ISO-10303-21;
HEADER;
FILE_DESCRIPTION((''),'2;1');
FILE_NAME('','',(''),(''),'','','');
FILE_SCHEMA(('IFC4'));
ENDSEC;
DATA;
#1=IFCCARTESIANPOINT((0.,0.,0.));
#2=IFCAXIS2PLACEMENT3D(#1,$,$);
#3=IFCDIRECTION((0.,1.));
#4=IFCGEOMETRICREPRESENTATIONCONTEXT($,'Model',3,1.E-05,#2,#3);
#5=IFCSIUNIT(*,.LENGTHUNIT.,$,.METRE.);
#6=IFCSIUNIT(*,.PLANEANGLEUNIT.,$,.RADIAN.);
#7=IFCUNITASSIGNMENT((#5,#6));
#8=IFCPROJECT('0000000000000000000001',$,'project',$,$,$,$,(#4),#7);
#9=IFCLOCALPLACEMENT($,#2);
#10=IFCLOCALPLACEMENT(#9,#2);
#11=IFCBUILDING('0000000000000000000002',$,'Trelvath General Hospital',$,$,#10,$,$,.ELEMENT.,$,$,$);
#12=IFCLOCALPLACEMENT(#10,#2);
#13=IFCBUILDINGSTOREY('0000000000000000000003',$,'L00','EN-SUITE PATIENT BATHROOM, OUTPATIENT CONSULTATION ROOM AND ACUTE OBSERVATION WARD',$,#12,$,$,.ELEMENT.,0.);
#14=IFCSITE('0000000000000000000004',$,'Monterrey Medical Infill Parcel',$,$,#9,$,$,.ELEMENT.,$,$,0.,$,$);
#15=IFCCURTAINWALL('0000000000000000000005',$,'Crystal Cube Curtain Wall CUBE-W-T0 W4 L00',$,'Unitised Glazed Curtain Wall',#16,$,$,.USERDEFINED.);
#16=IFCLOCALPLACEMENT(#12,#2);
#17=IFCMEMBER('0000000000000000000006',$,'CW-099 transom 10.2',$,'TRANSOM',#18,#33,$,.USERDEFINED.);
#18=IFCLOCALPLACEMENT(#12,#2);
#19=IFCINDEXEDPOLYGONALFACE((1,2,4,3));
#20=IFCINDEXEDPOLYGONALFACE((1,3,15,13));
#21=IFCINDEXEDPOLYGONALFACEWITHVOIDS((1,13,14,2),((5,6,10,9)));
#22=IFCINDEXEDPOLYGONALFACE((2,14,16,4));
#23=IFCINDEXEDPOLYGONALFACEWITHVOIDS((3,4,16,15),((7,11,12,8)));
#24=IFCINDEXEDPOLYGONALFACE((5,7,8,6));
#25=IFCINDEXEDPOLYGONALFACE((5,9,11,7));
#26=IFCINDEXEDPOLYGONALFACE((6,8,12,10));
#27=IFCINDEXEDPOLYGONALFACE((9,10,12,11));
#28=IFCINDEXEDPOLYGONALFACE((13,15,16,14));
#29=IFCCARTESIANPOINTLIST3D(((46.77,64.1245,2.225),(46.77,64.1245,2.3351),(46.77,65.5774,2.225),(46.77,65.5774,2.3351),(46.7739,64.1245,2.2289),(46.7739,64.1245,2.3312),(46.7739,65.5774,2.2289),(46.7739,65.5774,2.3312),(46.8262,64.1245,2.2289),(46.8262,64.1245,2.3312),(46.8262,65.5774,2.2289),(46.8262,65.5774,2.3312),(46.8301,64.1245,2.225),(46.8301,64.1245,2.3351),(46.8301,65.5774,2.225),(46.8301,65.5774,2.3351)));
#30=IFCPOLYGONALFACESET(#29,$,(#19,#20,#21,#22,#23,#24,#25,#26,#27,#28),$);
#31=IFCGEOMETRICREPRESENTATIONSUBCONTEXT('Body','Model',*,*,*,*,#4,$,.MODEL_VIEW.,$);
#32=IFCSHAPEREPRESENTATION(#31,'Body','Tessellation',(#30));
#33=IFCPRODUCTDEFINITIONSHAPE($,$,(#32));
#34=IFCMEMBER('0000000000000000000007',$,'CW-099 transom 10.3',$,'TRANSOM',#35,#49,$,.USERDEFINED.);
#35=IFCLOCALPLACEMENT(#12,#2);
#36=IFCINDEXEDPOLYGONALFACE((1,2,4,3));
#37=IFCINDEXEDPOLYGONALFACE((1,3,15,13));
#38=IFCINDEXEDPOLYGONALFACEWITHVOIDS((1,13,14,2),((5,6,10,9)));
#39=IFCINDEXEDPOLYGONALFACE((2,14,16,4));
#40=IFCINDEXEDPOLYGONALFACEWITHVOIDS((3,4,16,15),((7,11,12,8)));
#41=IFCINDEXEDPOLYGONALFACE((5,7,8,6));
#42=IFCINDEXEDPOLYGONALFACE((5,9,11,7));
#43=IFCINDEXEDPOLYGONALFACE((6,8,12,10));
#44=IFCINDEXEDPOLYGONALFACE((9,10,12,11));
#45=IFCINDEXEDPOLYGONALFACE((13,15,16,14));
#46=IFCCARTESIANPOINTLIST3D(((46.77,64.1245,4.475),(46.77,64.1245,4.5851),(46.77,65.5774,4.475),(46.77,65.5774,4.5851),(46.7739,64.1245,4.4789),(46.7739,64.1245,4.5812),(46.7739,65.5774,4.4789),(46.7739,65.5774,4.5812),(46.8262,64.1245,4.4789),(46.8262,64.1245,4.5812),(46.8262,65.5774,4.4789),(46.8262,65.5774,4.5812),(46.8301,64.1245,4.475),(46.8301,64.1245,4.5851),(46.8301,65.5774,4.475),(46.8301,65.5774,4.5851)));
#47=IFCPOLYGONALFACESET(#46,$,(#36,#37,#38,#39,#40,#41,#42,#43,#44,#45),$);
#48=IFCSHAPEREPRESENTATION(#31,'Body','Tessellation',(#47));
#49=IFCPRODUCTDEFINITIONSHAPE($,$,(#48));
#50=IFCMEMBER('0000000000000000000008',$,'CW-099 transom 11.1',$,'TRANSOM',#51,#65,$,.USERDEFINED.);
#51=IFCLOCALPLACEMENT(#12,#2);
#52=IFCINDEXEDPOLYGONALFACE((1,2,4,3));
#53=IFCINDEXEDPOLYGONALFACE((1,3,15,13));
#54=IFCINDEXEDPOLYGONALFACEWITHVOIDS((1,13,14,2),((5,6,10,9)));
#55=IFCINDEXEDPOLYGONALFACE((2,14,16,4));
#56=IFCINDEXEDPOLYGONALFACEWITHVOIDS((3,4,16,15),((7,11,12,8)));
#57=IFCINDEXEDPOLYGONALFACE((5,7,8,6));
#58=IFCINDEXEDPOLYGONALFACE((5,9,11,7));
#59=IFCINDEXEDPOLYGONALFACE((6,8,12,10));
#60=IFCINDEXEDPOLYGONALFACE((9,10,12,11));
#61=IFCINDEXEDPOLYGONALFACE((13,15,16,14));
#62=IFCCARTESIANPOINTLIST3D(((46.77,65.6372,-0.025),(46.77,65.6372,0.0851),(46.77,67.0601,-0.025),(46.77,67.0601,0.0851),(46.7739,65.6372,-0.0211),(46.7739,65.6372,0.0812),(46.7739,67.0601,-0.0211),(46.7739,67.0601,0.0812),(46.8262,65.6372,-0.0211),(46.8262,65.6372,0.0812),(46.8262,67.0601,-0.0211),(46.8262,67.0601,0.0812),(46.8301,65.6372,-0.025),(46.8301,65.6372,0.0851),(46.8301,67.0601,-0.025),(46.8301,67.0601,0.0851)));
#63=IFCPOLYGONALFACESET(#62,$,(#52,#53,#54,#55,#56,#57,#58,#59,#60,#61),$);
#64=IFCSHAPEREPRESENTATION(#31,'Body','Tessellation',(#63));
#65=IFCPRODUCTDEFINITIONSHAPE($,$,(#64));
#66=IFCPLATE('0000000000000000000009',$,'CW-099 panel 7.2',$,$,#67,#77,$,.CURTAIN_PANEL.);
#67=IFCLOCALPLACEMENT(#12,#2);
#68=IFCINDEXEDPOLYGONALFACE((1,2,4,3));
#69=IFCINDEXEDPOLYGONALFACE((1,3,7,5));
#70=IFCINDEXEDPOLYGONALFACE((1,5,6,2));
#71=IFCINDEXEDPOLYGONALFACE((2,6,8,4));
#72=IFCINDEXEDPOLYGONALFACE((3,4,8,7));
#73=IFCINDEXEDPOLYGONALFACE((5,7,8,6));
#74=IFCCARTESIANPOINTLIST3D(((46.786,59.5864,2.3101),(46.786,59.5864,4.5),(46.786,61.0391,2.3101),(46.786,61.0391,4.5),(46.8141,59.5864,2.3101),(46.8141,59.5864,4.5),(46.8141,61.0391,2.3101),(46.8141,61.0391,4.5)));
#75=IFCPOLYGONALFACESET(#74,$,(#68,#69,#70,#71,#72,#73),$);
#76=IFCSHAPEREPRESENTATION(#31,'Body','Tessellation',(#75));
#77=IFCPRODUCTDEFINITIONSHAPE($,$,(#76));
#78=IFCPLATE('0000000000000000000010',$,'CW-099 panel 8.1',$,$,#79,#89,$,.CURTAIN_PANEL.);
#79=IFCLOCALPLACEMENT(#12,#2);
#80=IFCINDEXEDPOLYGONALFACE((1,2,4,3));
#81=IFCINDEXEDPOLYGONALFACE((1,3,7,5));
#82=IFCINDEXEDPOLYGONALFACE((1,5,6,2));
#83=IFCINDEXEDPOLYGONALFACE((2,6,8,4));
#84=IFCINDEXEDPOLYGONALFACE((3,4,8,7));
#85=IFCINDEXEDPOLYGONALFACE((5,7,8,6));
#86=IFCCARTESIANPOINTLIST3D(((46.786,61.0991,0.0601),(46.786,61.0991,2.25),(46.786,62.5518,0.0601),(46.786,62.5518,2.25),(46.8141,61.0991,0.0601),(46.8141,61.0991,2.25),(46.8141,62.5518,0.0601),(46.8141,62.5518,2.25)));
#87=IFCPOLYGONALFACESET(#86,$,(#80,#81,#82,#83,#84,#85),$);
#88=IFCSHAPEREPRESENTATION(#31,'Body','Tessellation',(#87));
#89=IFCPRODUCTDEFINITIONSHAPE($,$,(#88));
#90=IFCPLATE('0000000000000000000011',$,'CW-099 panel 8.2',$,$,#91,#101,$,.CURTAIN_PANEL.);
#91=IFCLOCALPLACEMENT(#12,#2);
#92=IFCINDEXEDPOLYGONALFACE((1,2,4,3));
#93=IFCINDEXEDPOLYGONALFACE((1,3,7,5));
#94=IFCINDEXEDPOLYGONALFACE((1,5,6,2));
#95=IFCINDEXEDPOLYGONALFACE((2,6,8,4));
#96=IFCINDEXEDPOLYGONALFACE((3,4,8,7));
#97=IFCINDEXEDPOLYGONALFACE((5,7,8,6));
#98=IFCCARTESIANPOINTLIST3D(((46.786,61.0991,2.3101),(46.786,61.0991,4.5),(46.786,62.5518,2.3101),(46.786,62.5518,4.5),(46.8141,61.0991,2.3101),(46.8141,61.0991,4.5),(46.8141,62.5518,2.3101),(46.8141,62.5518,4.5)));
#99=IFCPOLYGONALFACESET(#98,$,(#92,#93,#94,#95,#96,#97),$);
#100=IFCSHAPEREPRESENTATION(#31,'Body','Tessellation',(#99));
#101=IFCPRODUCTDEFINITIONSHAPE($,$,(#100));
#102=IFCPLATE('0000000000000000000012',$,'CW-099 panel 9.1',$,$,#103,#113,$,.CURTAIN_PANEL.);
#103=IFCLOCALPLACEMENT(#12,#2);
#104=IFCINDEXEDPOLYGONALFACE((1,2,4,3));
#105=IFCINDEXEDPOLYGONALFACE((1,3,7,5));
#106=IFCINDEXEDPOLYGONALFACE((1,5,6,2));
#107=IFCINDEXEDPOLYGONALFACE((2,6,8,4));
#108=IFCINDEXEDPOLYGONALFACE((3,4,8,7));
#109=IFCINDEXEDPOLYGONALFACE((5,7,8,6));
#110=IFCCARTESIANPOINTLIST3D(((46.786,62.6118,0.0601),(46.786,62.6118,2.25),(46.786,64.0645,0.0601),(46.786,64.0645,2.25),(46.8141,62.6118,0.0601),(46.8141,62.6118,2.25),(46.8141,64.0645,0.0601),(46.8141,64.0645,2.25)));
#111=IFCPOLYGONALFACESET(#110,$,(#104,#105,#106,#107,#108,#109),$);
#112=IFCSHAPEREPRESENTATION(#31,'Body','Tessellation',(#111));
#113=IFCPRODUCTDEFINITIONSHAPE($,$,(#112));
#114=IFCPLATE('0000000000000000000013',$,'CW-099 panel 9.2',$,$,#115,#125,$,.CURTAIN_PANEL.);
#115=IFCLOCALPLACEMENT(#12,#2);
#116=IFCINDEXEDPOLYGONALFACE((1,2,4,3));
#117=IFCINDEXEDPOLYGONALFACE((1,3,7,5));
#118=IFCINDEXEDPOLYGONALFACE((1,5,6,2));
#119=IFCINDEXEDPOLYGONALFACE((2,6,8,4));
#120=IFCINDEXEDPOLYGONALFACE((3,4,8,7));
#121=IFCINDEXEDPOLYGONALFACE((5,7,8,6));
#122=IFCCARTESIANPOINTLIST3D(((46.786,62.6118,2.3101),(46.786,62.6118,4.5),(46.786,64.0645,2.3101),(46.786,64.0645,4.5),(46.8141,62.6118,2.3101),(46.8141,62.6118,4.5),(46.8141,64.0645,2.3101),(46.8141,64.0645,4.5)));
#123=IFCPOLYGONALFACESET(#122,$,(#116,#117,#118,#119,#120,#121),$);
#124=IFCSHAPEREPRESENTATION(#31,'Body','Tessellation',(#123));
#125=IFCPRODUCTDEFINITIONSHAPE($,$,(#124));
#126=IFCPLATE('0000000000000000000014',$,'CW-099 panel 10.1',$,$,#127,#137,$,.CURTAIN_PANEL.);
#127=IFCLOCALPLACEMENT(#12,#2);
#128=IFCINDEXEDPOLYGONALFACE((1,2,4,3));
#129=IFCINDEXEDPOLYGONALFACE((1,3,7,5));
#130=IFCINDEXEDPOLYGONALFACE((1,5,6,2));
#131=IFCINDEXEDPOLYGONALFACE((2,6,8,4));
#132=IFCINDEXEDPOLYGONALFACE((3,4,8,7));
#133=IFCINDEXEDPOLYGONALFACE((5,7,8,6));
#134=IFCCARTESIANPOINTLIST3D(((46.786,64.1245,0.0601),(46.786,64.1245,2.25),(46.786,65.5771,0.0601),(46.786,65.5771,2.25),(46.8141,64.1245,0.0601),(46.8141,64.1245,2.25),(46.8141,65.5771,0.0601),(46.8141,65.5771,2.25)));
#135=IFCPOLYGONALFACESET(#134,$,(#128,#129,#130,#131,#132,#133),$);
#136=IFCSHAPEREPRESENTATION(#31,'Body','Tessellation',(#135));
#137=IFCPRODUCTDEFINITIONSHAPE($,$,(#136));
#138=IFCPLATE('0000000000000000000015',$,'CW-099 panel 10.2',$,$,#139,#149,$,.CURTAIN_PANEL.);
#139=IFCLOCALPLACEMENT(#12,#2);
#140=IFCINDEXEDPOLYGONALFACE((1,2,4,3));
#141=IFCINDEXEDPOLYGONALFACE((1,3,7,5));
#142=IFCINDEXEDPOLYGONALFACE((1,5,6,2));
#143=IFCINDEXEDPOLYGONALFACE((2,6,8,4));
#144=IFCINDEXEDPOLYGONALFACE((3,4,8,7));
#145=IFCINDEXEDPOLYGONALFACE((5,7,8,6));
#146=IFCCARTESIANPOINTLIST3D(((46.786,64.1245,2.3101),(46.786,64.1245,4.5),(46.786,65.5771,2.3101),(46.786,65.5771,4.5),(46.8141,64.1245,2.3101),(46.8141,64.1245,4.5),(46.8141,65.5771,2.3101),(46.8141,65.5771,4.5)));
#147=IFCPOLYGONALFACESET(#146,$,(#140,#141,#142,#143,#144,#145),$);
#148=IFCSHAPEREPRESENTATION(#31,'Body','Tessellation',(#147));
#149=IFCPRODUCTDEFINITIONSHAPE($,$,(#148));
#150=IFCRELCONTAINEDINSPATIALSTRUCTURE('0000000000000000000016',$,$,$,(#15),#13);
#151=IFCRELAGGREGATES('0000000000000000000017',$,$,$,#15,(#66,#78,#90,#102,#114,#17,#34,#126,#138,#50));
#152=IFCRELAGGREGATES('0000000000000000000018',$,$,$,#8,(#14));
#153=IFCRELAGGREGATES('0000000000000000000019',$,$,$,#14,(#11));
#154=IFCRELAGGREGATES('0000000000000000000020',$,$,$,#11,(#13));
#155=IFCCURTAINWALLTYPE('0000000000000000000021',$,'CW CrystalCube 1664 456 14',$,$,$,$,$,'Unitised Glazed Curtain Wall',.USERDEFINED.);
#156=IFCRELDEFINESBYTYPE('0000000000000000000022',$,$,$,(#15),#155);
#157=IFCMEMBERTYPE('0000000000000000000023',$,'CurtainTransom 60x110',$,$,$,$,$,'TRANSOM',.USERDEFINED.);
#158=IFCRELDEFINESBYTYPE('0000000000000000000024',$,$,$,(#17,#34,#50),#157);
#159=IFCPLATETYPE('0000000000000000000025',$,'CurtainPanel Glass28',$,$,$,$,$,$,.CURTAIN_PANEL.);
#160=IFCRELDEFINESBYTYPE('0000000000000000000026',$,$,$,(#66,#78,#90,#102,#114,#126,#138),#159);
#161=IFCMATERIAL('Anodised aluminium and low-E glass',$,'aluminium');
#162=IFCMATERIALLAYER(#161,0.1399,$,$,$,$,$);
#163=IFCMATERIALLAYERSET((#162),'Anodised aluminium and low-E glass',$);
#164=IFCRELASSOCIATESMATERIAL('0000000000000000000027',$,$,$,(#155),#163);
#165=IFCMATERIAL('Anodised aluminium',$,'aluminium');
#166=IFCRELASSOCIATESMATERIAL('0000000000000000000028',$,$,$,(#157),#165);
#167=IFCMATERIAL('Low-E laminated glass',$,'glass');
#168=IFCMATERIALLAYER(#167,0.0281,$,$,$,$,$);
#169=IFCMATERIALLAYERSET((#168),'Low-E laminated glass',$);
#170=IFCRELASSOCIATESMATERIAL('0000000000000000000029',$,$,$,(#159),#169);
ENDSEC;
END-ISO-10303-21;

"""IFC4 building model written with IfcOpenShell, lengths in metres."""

from ifc_helpers import new_model, si_unit, direction, frame, origin, origin_2d, place, context, subcontext, project, spatial, rectangle, hollow_rectangle, extrude, material, layer, layer_set, material_profile, profile_set, type_object, element, aggregate, save


model = new_model("IFC4")

# Units and contexts
model_context = context("Model", 3, precision=1e-05, world=origin(), true_north=direction((0.0, 1.0)))
body_context = subcontext(model_context, "Body", "Model", "MODEL_VIEW")
ifc_project = project(units=[si_unit("LENGTHUNIT", "METRE"), si_unit("PLANEANGLEUNIT", "RADIAN")], contexts=[model_context])

# Site, building, storey
site_placement = place(None, origin())
site = spatial("IfcSite", under=ifc_project, at=site_placement, Name="Monterrey Medical Infill Parcel", CompositionType="ELEMENT", RefElevation=0.0)
building_placement = place(site_placement, origin())
building = spatial("IfcBuilding", under=site, at=building_placement, Name="Trelvath General Hospital", CompositionType="ELEMENT")
storey_placement = place(building_placement, origin())
storey = spatial("IfcBuildingStorey", under=building, at=storey_placement, Name="L00", Description="EN-SUITE PATIENT BATHROOM, OUTPATIENT CONSULTATION ROOM AND ACUTE OBSERVATION WARD", CompositionType="ELEMENT", Elevation=0.0)

# Curtain wall, members, plates
ifc_material_1 = material(Name="Anodised aluminium and low-E glass", Category="aluminium")
ifc_layer_1 = layer(ifc_material_1, 0.1399)
ifc_layer_set_1 = layer_set([ifc_layer_1], Name="Anodised aluminium and low-E glass")
curtain_wall_type = type_object("IfcCurtainWallType", Name="CW CrystalCube 1664 456 14", ElementType="Unitised Glazed Curtain Wall", PredefinedType="USERDEFINED", material=ifc_layer_set_1)
curtain_wall_placement = place(storey_placement, origin())
curtain_wall = element("IfcCurtainWall", 1, at=curtain_wall_placement, inside=storey, type_object=curtain_wall_type, Name="Crystal Cube Curtain Wall CUBE-W-T0 W4 L00", ObjectType="Unitised Glazed Curtain Wall", PredefinedType="USERDEFINED")
ifc_material_2 = material(Name="Anodised aluminium", Category="aluminium")
ifc_material_profile_1 = material_profile(ifc_material_2, hollow_rectangle(XDim=0.0601, YDim=0.1101, WallThickness=0.0039, at=origin_2d()), Name="RHS60x110x4")
ifc_profile_set_1 = profile_set([ifc_material_profile_1], Name="Anodised aluminium")
member_type_1 = type_object("IfcMemberType", Name="CurtainTransom 60x110", ElementType="TRANSOM", PredefinedType="USERDEFINED", material=ifc_profile_set_1)
member_1_placement = place(storey_placement, frame((46.8, 64.1245, 2.28), z_axis=(0.0, 1.0, 0.0), x_axis=(-1.0, 0.0, 0.0)))
member_1 = element("IfcMember", 2, at=member_1_placement, type_object=member_type_1, Name="CW-099 transom 10.2", ObjectType="TRANSOM", PredefinedType="USERDEFINED", context=body_context, shape_type="SweptSolid", body=[
    extrude(hollow_rectangle(XDim=0.0601, YDim=0.1101, WallThickness=0.0039, at=origin_2d()), origin(), (0.0, 0.0, 1.0), 1.4529),
])
member_2_placement = place(storey_placement, frame((46.8, 64.1245, 4.53), z_axis=(0.0, 1.0, 0.0), x_axis=(-1.0, 0.0, 0.0)))
member_2 = element("IfcMember", 3, at=member_2_placement, type_object=member_type_1, Name="CW-099 transom 10.3", ObjectType="TRANSOM", PredefinedType="USERDEFINED", context=body_context, shape_type="SweptSolid", body=[
    extrude(hollow_rectangle(XDim=0.0601, YDim=0.1101, WallThickness=0.0039, at=origin_2d()), origin(), (0.0, 0.0, 1.0), 1.4529),
])
member_3_placement = place(storey_placement, frame((46.8, 65.6372, 0.03), z_axis=(0.0, 1.0, 0.0), x_axis=(-1.0, 0.0, 0.0)))
member_3 = element("IfcMember", 4, at=member_3_placement, type_object=member_type_1, Name="CW-099 transom 11.1", ObjectType="TRANSOM", PredefinedType="USERDEFINED", context=body_context, shape_type="SweptSolid", body=[
    extrude(hollow_rectangle(XDim=0.0601, YDim=0.1101, WallThickness=0.0039, at=origin_2d()), origin(), (0.0, 0.0, 1.0), 1.4229),
])
ifc_material_3 = material(Name="Low-E laminated glass", Category="glass")
ifc_layer_2 = layer(ifc_material_3, 0.0281)
ifc_layer_set_2 = layer_set([ifc_layer_2], Name="Low-E laminated glass")
plate_type = type_object("IfcPlateType", Name="CurtainPanel Glass28", PredefinedType="CURTAIN_PANEL", material=ifc_layer_set_2)
plate_1_placement = place(storey_placement, frame((46.8, 60.3127, 2.3101), z_axis=(0.0, 0.0, 1.0), x_axis=(0.0, 1.0, 0.0)))
plate_1 = element("IfcPlate", 5, at=plate_1_placement, type_object=plate_type, Name="CW-099 panel 7.2", PredefinedType="CURTAIN_PANEL", context=body_context, shape_type="SweptSolid", body=[
    extrude(rectangle(XDim=1.4526, YDim=0.0281, at=origin_2d()), origin(), (0.0, 0.0, 1.0), 2.1899),
])
plate_2_placement = place(storey_placement, frame((46.8, 61.8254, 0.0601), z_axis=(0.0, 0.0, 1.0), x_axis=(0.0, 1.0, 0.0)))
plate_2 = element("IfcPlate", 6, at=plate_2_placement, type_object=plate_type, Name="CW-099 panel 8.1", PredefinedType="CURTAIN_PANEL", context=body_context, shape_type="SweptSolid", body=[
    extrude(rectangle(XDim=1.4526, YDim=0.0281, at=origin_2d()), origin(), (0.0, 0.0, 1.0), 2.1899),
])
plate_3_placement = place(storey_placement, frame((46.8, 61.8254, 2.3101), z_axis=(0.0, 0.0, 1.0), x_axis=(0.0, 1.0, 0.0)))
plate_3 = element("IfcPlate", 7, at=plate_3_placement, type_object=plate_type, Name="CW-099 panel 8.2", PredefinedType="CURTAIN_PANEL", context=body_context, shape_type="SweptSolid", body=[
    extrude(rectangle(XDim=1.4526, YDim=0.0281, at=origin_2d()), origin(), (0.0, 0.0, 1.0), 2.1899),
])
plate_4_placement = place(storey_placement, frame((46.8, 63.3381, 0.0601), z_axis=(0.0, 0.0, 1.0), x_axis=(0.0, 1.0, 0.0)))
plate_4 = element("IfcPlate", 8, at=plate_4_placement, type_object=plate_type, Name="CW-099 panel 9.1", PredefinedType="CURTAIN_PANEL", context=body_context, shape_type="SweptSolid", body=[
    extrude(rectangle(XDim=1.4526, YDim=0.0281, at=origin_2d()), origin(), (0.0, 0.0, 1.0), 2.1899),
])
plate_5_placement = place(storey_placement, frame((46.8, 63.3381, 2.3101), z_axis=(0.0, 0.0, 1.0), x_axis=(0.0, 1.0, 0.0)))
plate_5 = element("IfcPlate", 9, at=plate_5_placement, type_object=plate_type, Name="CW-099 panel 9.2", PredefinedType="CURTAIN_PANEL", context=body_context, shape_type="SweptSolid", body=[
    extrude(rectangle(XDim=1.4526, YDim=0.0281, at=origin_2d()), origin(), (0.0, 0.0, 1.0), 2.1899),
])
plate_6_placement = place(storey_placement, frame((46.8, 64.8508, 0.0601), z_axis=(0.0, 0.0, 1.0), x_axis=(0.0, 1.0, 0.0)))
plate_6 = element("IfcPlate", 10, at=plate_6_placement, type_object=plate_type, Name="CW-099 panel 10.1", PredefinedType="CURTAIN_PANEL", context=body_context, shape_type="SweptSolid", body=[
    extrude(rectangle(XDim=1.4526, YDim=0.0281, at=origin_2d()), origin(), (0.0, 0.0, 1.0), 2.1899),
])
plate_7_placement = place(storey_placement, frame((46.8, 64.8508, 2.3101), z_axis=(0.0, 0.0, 1.0), x_axis=(0.0, 1.0, 0.0)))
plate_7 = element("IfcPlate", 11, at=plate_7_placement, type_object=plate_type, Name="CW-099 panel 10.2", PredefinedType="CURTAIN_PANEL", context=body_context, shape_type="SweptSolid", body=[
    extrude(rectangle(XDim=1.4526, YDim=0.0281, at=origin_2d()), origin(), (0.0, 0.0, 1.0), 2.1899),
])
aggregate(curtain_wall, [plate_1, plate_2, plate_3, plate_4, plate_5, member_1, member_2, plate_6, plate_7, member_3])

save(model, "model.ifc")
